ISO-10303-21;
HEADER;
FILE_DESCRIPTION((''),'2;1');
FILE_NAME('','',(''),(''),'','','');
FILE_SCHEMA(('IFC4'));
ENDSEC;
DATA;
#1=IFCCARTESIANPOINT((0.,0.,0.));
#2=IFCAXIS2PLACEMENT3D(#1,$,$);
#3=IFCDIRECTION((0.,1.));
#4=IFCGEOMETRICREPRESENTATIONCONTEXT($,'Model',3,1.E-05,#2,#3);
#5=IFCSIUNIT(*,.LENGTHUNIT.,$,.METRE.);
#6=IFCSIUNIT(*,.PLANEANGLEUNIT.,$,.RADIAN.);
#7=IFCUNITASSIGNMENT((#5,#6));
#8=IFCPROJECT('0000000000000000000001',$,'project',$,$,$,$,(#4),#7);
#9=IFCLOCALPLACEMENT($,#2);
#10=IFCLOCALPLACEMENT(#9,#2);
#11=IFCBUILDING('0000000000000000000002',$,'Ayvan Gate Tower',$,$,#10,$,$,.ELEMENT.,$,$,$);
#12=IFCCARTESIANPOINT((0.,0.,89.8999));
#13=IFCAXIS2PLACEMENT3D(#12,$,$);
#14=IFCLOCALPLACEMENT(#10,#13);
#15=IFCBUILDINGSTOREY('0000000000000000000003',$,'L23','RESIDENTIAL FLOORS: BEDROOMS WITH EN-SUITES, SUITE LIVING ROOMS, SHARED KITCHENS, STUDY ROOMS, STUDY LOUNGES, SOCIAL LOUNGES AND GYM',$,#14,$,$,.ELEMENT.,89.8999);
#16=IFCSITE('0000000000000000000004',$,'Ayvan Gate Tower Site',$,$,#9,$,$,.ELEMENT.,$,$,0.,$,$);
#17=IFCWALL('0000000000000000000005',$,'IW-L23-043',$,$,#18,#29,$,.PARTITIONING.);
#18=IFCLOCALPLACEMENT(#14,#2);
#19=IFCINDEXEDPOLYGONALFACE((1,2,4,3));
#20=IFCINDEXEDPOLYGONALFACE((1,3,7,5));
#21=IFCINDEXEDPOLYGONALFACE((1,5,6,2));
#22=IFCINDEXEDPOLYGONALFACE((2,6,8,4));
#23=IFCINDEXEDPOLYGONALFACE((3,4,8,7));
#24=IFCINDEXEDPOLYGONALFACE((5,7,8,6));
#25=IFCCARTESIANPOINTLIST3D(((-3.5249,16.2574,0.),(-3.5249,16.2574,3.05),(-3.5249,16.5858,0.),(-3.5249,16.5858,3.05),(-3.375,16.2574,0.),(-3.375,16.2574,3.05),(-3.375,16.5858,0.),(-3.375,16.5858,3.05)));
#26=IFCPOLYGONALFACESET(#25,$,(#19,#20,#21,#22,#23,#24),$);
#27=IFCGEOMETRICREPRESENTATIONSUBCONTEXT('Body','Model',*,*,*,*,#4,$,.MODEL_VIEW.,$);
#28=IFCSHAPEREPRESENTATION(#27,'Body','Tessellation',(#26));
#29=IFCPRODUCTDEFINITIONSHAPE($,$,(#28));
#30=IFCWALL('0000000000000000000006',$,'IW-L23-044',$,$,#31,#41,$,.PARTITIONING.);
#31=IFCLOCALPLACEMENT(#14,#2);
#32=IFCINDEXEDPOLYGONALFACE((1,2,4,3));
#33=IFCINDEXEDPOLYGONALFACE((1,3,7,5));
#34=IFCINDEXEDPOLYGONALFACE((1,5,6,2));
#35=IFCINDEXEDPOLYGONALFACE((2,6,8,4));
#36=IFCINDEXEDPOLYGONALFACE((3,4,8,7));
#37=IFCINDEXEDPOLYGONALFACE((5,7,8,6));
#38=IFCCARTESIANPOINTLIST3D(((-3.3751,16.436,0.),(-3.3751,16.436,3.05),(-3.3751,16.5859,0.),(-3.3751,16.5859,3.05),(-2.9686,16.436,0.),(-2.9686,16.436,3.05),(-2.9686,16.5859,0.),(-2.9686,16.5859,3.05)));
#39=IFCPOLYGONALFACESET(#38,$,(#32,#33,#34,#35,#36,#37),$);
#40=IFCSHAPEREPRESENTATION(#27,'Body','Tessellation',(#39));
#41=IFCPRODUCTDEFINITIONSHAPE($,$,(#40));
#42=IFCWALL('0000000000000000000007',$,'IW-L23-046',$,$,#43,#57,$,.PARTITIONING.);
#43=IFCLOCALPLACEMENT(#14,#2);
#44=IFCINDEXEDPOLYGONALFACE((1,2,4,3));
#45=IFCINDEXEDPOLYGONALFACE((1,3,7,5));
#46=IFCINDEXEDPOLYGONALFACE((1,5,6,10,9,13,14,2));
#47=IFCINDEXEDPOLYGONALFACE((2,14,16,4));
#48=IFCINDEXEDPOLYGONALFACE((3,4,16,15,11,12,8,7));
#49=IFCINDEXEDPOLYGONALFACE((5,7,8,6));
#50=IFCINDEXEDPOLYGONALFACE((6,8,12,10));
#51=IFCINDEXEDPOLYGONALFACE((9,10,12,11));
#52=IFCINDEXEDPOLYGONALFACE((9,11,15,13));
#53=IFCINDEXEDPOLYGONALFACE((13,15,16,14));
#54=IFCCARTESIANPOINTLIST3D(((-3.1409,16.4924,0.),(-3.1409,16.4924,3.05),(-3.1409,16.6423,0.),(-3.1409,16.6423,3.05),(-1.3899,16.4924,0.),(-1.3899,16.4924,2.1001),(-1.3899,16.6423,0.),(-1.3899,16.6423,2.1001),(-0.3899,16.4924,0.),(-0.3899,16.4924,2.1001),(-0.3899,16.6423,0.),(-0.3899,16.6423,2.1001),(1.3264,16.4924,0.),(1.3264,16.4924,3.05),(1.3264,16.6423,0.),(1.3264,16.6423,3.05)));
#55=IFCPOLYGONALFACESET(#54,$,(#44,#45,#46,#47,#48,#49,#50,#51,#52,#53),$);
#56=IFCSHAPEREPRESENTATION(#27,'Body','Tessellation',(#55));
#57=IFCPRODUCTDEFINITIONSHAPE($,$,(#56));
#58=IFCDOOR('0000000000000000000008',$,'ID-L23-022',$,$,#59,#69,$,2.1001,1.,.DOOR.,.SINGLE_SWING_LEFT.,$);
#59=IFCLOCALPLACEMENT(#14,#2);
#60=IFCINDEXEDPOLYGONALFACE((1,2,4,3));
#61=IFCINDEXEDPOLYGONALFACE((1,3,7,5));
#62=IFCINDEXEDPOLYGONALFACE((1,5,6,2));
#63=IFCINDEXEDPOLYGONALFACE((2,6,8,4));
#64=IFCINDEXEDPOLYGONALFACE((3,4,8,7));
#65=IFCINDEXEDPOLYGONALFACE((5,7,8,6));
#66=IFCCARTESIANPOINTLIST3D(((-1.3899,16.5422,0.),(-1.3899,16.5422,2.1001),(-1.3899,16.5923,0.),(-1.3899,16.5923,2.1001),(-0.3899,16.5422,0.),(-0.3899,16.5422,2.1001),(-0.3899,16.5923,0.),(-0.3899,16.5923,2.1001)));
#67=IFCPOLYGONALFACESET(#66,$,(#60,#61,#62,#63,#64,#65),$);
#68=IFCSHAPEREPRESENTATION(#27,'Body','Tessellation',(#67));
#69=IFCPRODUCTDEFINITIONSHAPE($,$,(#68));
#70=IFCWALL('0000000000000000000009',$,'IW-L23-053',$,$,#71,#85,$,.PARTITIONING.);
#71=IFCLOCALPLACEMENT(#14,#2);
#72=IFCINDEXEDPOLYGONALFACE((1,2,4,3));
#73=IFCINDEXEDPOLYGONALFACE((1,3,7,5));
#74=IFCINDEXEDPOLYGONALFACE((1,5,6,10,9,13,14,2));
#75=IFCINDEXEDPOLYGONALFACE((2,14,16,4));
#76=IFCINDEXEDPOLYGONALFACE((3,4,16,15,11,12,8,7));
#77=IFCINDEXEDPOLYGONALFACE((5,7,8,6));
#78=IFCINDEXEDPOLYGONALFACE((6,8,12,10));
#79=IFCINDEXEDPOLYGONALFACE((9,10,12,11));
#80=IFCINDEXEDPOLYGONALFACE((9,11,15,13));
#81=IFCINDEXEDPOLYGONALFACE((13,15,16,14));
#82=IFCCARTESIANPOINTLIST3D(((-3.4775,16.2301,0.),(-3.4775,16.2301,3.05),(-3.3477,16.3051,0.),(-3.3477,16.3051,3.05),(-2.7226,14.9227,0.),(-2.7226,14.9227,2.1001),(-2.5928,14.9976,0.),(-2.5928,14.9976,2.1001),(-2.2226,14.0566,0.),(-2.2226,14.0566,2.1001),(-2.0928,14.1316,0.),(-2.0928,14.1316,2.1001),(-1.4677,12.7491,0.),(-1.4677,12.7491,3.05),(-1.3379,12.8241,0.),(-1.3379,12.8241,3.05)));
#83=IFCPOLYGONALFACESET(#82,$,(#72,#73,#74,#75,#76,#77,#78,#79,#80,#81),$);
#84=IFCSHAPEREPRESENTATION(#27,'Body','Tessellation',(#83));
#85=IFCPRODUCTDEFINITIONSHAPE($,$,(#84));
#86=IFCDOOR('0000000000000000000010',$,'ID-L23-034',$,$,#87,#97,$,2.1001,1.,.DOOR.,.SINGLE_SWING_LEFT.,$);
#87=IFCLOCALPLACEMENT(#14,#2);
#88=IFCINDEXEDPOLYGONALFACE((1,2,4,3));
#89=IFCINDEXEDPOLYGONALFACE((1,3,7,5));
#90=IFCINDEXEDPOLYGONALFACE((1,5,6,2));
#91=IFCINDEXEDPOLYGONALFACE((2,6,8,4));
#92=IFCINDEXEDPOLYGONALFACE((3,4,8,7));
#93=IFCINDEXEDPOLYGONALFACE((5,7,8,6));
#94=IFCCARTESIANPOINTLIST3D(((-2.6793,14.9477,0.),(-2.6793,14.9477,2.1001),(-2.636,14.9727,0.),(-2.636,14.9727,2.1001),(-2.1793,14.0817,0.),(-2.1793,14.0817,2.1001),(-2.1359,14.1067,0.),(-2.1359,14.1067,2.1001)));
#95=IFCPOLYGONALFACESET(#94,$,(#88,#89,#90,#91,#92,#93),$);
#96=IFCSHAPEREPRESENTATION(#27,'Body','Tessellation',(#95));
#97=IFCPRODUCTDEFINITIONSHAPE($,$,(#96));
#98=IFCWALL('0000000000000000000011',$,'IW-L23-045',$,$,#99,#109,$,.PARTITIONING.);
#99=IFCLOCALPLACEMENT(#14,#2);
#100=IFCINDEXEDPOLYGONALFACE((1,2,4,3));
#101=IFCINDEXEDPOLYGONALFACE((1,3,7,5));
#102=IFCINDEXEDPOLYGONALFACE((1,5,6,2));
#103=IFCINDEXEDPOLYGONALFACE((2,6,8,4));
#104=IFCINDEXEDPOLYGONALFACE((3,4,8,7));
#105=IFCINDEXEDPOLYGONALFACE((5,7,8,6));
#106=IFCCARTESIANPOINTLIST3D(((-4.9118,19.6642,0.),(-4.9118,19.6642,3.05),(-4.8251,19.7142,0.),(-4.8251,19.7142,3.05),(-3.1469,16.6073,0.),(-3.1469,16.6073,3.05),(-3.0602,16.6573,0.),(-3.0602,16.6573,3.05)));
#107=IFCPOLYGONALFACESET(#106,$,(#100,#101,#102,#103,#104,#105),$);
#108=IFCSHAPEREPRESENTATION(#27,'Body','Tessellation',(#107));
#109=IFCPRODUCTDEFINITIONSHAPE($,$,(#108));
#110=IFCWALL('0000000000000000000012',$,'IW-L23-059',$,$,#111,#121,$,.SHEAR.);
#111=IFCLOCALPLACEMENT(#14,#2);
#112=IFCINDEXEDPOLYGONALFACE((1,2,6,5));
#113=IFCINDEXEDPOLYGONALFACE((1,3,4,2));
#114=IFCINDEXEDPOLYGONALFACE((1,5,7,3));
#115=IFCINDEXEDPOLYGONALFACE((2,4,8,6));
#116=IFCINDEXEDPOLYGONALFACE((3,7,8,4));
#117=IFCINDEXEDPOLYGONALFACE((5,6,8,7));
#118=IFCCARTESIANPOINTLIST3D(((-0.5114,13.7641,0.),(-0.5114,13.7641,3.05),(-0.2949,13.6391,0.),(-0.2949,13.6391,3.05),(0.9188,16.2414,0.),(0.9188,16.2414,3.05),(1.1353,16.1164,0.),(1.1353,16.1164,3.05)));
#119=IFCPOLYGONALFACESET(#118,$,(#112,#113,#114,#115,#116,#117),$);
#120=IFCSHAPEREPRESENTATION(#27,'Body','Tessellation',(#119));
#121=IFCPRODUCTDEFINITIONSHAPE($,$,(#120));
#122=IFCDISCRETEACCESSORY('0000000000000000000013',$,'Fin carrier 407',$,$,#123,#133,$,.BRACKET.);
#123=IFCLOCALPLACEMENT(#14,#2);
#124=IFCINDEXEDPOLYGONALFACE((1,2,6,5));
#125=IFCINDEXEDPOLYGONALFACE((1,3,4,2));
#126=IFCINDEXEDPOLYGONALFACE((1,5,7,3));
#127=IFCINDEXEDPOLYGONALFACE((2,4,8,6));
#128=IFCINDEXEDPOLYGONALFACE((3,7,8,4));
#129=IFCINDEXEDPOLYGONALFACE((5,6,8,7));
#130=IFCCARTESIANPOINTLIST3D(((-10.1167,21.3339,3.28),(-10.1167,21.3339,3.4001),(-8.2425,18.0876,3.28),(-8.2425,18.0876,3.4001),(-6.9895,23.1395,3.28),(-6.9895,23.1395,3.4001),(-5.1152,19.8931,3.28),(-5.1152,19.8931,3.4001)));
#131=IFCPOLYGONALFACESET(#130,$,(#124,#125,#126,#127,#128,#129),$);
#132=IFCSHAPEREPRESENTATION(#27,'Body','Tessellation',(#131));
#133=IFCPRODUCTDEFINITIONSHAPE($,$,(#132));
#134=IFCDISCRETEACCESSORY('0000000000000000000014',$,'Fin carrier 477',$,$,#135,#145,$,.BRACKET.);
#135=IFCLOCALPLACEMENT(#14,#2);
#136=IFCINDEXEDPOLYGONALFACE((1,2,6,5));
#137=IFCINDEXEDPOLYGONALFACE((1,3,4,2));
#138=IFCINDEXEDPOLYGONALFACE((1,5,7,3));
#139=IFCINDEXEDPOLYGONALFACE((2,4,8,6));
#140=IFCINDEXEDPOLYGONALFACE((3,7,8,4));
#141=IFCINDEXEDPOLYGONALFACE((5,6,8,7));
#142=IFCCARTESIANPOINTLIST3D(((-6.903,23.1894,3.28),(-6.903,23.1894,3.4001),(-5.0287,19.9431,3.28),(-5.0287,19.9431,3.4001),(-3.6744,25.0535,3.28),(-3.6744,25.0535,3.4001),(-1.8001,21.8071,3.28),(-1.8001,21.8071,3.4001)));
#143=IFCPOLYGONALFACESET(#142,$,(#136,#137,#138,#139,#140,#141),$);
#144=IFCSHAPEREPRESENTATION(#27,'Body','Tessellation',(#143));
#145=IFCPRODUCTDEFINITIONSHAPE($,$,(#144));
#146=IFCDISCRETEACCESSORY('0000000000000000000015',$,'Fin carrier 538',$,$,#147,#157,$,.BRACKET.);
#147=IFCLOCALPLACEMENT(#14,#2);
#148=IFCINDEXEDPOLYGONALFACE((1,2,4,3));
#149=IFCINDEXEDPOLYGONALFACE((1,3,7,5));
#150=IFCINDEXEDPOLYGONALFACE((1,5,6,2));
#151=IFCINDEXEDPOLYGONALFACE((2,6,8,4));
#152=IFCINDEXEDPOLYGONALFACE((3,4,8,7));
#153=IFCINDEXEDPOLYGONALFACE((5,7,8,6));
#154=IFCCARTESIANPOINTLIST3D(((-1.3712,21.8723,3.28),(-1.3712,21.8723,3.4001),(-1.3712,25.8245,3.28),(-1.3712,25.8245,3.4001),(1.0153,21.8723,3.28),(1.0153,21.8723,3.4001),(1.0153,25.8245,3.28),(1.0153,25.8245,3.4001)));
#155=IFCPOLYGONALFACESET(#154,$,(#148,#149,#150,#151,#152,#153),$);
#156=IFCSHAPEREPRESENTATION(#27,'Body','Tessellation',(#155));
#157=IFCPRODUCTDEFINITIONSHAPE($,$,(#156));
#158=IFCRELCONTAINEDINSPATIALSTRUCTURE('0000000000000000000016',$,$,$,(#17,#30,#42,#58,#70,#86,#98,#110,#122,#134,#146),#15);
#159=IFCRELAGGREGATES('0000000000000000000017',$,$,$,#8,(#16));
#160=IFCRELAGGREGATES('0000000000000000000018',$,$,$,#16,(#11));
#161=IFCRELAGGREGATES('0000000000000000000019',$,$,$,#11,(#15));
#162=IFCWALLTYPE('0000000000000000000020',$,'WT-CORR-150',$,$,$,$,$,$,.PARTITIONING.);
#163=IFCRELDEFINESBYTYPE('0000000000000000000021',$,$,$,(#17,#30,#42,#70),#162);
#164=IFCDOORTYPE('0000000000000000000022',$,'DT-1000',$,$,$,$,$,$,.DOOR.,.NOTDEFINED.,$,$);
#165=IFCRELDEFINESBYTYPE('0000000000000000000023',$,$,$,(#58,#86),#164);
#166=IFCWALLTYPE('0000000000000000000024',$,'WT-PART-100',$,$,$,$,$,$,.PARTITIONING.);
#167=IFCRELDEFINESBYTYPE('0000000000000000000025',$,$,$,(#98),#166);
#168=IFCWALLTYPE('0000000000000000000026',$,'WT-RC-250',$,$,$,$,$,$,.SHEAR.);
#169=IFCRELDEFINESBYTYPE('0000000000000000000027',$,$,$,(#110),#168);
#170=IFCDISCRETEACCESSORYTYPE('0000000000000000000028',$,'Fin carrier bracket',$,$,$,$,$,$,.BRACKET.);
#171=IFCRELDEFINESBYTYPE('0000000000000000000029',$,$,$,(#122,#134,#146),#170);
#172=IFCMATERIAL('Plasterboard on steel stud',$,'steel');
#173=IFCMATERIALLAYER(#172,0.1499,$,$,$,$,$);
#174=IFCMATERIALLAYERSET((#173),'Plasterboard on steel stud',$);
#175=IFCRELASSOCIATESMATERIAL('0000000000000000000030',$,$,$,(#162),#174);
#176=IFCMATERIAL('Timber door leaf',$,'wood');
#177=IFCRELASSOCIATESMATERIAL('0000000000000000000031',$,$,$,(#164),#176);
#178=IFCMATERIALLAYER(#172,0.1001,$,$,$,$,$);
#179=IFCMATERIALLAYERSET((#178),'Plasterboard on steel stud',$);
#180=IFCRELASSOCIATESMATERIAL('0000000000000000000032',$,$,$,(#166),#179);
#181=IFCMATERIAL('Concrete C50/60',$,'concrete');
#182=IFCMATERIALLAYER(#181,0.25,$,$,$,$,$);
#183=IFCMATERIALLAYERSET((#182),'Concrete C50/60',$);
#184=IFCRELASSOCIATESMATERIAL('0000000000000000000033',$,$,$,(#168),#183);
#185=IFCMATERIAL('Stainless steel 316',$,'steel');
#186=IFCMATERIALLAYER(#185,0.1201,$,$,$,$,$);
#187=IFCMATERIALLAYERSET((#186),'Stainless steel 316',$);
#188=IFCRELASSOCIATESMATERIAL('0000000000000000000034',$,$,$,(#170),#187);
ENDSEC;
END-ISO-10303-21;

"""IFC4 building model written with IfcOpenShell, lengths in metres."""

from ifc_helpers import new_model, si_unit, direction, frame, frame_2d, origin, origin_2d, place, context, subcontext, project, spatial, rectangle, extrude, material, layer, layer_set, type_object, element, fill, save


model = new_model("IFC4")

# Units and contexts
model_context = context("Model", 3, precision=1e-05, world=origin(), true_north=direction((0.0, 1.0)))
body_context = subcontext(model_context, "Body", "Model", "MODEL_VIEW")
ifc_project = project(units=[si_unit("LENGTHUNIT", "METRE"), si_unit("PLANEANGLEUNIT", "RADIAN")], contexts=[model_context])

# Site, building, storey
site_placement = place(None, origin())
site = spatial("IfcSite", under=ifc_project, at=site_placement, Name="Ayvan Gate Tower Site", CompositionType="ELEMENT", RefElevation=0.0)
building_placement = place(site_placement, origin())
building = spatial("IfcBuilding", under=site, at=building_placement, Name="Ayvan Gate Tower", CompositionType="ELEMENT")
storey_placement = place(building_placement, frame((0.0, 0.0, 89.8999)))
storey = spatial("IfcBuildingStorey", under=building, at=storey_placement, Name="L23", Description="RESIDENTIAL FLOORS: BEDROOMS WITH EN-SUITES, SUITE LIVING ROOMS, SHARED KITCHENS, STUDY ROOMS, STUDY LOUNGES, SOCIAL LOUNGES AND GYM", CompositionType="ELEMENT", Elevation=89.8999)

# Walls
ifc_material_1 = material(Name="Plasterboard on steel stud", Category="steel")
ifc_layer_1 = layer(ifc_material_1, 0.1499)
ifc_layer_set_1 = layer_set([ifc_layer_1], Name="Plasterboard on steel stud")
wall_type_1 = type_object("IfcWallType", Name="WT-CORR-150", PredefinedType="PARTITIONING", material=ifc_layer_set_1)
wall_1_placement = place(storey_placement, frame((-3.45, 16.2576, 0.0), z_axis=(0.0, 0.0, 1.0), x_axis=(0.0, 1.0, 0.0)))
element("IfcWall", 1, at=wall_1_placement, inside=storey, type_object=wall_type_1, Name="IW-L23-043", PredefinedType="PARTITIONING", context=body_context, shape_type="SweptSolid", body=[
    extrude(rectangle(XDim=0.3284, YDim=0.1499, at=frame_2d((0.1641, 0.0))), origin(), (0.0, 0.0, 1.0), 3.05),
])
wall_2_placement = place(storey_placement, frame((-3.375, 16.511, 0.0), z_axis=(0.0, 0.0, 1.0), x_axis=(1.0, 0.0, 0.0)))
element("IfcWall", 2, at=wall_2_placement, inside=storey, type_object=wall_type_1, Name="IW-L23-044", PredefinedType="PARTITIONING", context=body_context, shape_type="SweptSolid", body=[
    extrude(rectangle(XDim=0.4065, YDim=0.1499, at=frame_2d((0.2031, 0.0))), origin(), (0.0, 0.0, 1.0), 3.05),
])

# Walls, openings, doors
wall_3_placement = place(storey_placement, frame((-3.1409, 16.5674, 0.0), z_axis=(0.0, 0.0, 1.0), x_axis=(1.0, 0.0, 0.0)))
wall_3 = element("IfcWall", 3, at=wall_3_placement, inside=storey, type_object=wall_type_1, Name="IW-L23-046", PredefinedType="PARTITIONING", context=body_context, shape_type="SweptSolid", body=[
    extrude(rectangle(XDim=4.4673, YDim=0.1499, at=frame_2d((2.2336, 0.0))), origin(), (0.0, 0.0, 1.0), 3.05),
])
opening_1_placement = place(wall_3_placement, frame((1.751, 0.0, 0.0)))
opening_1 = element("IfcOpeningElement", 4, at=opening_1_placement, cuts=wall_3, PredefinedType="OPENING", context=body_context, shape_type="SweptSolid", body=[
    extrude(rectangle(XDim=1.0, YDim=2.1001, at=frame_2d((0.5, 1.05))), frame((0.0, 0.085, 0.0), z_axis=(0.0, -1.0, 0.0), x_axis=(1.0, 0.0, 0.0)), (0.0, 0.0, 1.0), 0.1699),
])
ifc_material_2 = material(Name="Timber door leaf", Category="wood")
door_type = type_object("IfcDoorType", Name="DT-1000", OperationType="NOTDEFINED", PredefinedType="DOOR", material=ifc_material_2)
door_1_placement = place(opening_1_placement, origin())
door_1 = element("IfcDoor", 5, at=door_1_placement, inside=storey, type_object=door_type, Name="ID-L23-022", OperationType="SINGLE_SWING_LEFT", OverallHeight=2.1001, OverallWidth=1.0, PredefinedType="DOOR", context=body_context, shape_type="SweptSolid", body=[
    extrude(rectangle(XDim=1.0, YDim=2.1001, at=frame_2d((0.5, 1.05))), frame((0.0, 0.0249, 0.0), z_axis=(0.0, -1.0, 0.0), x_axis=(1.0, 0.0, 0.0)), (0.0, 0.0, 1.0), 0.05),
])
fill(opening_1, door_1)
wall_4_placement = place(storey_placement, frame((-1.4028, 12.7866, 0.0), z_axis=(0.0, 0.0, 1.0), x_axis=(-0.500006, 0.866022, 0.0)))
wall_4 = element("IfcWall", 6, at=wall_4_placement, inside=storey, type_object=wall_type_1, Name="IW-L23-053", PredefinedType="PARTITIONING", context=body_context, shape_type="SweptSolid", body=[
    extrude(rectangle(XDim=4.0195, YDim=0.1499, at=frame_2d((2.0098, 0.0))), origin(), (0.0, 0.0, 1.0), 3.05),
])
opening_2_placement = place(wall_4_placement, frame((1.5098, 0.0, 0.0)))
opening_2 = element("IfcOpeningElement", 7, at=opening_2_placement, cuts=wall_4, PredefinedType="OPENING", context=body_context, shape_type="SweptSolid", body=[
    extrude(rectangle(XDim=1.0, YDim=2.1001, at=frame_2d((0.5, 1.05))), frame((0.0, 0.085, 0.0), z_axis=(0.0, -1.0, 0.0), x_axis=(1.0, 0.0, 0.0)), (0.0, 0.0, 1.0), 0.1699),
])
door_2_placement = place(opening_2_placement, origin())
door_2 = element("IfcDoor", 8, at=door_2_placement, inside=storey, type_object=door_type, Name="ID-L23-034", OperationType="SINGLE_SWING_LEFT", OverallHeight=2.1001, OverallWidth=1.0, PredefinedType="DOOR", context=body_context, shape_type="SweptSolid", body=[
    extrude(rectangle(XDim=1.0, YDim=2.1001, at=frame_2d((0.5, 1.05))), frame((0.0, 0.0249, 0.0), z_axis=(0.0, -1.0, 0.0), x_axis=(1.0, 0.0, 0.0)), (0.0, 0.0, 1.0), 0.05),
])
fill(opening_2, door_2)

# Walls
ifc_layer_2 = layer(ifc_material_1, 0.1001)
ifc_layer_set_2 = layer_set([ifc_layer_2], Name="Plasterboard on steel stud")
wall_type_2 = type_object("IfcWallType", Name="WT-PART-100", PredefinedType="PARTITIONING", material=ifc_layer_set_2)
wall_5_placement = place(storey_placement, frame((-3.1035, 16.6323, 0.0), z_axis=(0.0, 0.0, 1.0), x_axis=(-0.5, 0.866025, 0.0)))
element("IfcWall", 9, at=wall_5_placement, inside=storey, type_object=wall_type_2, Name="IW-L23-045", PredefinedType="PARTITIONING", context=body_context, shape_type="SweptSolid", body=[
    extrude(rectangle(XDim=3.5298, YDim=0.1001, at=frame_2d((1.7649, 0.0))), origin(), (0.0, 0.0, 1.0), 3.05),
])
ifc_material_3 = material(Name="Concrete C50/60", Category="concrete")
ifc_layer_3 = layer(ifc_material_3, 0.25)
ifc_layer_set_3 = layer_set([ifc_layer_3], Name="Concrete C50/60")
wall_type_3 = type_object("IfcWallType", Name="WT-RC-250", PredefinedType="SHEAR", material=ifc_layer_set_3)
wall_6_placement = place(storey_placement, frame((-0.4031, 13.7017, 0.0), z_axis=(0.0, 0.0, 1.0), x_axis=(0.499976, 0.866039, 0.0)))
element("IfcWall", 10, at=wall_6_placement, inside=storey, type_object=wall_type_3, Name="IW-L23-059", PredefinedType="SHEAR", context=body_context, shape_type="SweptSolid", body=[
    extrude(rectangle(XDim=2.8606, YDim=0.25, at=frame_2d((1.4302, 0.0))), origin(), (0.0, 0.0, 1.0), 3.05),
])

# Discrete accessories
ifc_material_4 = material(Name="Stainless steel 316", Category="steel")
ifc_layer_4 = layer(ifc_material_4, 0.1201)
ifc_layer_set_4 = layer_set([ifc_layer_4], Name="Stainless steel 316")
discrete_accessory_type = type_object("IfcDiscreteAccessoryType", Name="Fin carrier bracket", PredefinedType="BRACKET", material=ifc_layer_set_4)
discrete_accessory_1_placement = place(storey_placement, frame((-7.616, 20.6135, 3.28), z_axis=(0.0, 0.0, 1.0), x_axis=(-0.866025, -0.5, 0.0)))
element("IfcDiscreteAccessory", 11, at=discrete_accessory_1_placement, inside=storey, type_object=discrete_accessory_type, Name="Fin carrier 407", PredefinedType="BRACKET", context=body_context, shape_type="SweptSolid", body=[
    extrude(rectangle(XDim=3.6111, YDim=3.7485, at=origin_2d()), origin(), (0.0, 0.0, 1.0), 0.1201),
])
discrete_accessory_2_placement = place(storey_placement, frame((-4.3516, 22.4983, 3.28), z_axis=(0.0, 0.0, 1.0), x_axis=(-0.866025, -0.5, 0.0)))
element("IfcDiscreteAccessory", 12, at=discrete_accessory_2_placement, inside=storey, type_object=discrete_accessory_type, Name="Fin carrier 477", PredefinedType="BRACKET", context=body_context, shape_type="SweptSolid", body=[
    extrude(rectangle(XDim=3.728, YDim=3.7485, at=origin_2d()), origin(), (0.0, 0.0, 1.0), 0.1201),
])
discrete_accessory_3_placement = place(storey_placement, frame((-0.178, 23.8484, 3.28), z_axis=(0.0, 0.0, 1.0), x_axis=(-1.0, 0.0, 0.0)))
element("IfcDiscreteAccessory", 13, at=discrete_accessory_3_placement, inside=storey, type_object=discrete_accessory_type, Name="Fin carrier 538", PredefinedType="BRACKET", context=body_context, shape_type="SweptSolid", body=[
    extrude(rectangle(XDim=2.3865, YDim=3.9521, at=origin_2d()), origin(), (0.0, 0.0, 1.0), 0.1201),
])

save(model, "model.ifc")
